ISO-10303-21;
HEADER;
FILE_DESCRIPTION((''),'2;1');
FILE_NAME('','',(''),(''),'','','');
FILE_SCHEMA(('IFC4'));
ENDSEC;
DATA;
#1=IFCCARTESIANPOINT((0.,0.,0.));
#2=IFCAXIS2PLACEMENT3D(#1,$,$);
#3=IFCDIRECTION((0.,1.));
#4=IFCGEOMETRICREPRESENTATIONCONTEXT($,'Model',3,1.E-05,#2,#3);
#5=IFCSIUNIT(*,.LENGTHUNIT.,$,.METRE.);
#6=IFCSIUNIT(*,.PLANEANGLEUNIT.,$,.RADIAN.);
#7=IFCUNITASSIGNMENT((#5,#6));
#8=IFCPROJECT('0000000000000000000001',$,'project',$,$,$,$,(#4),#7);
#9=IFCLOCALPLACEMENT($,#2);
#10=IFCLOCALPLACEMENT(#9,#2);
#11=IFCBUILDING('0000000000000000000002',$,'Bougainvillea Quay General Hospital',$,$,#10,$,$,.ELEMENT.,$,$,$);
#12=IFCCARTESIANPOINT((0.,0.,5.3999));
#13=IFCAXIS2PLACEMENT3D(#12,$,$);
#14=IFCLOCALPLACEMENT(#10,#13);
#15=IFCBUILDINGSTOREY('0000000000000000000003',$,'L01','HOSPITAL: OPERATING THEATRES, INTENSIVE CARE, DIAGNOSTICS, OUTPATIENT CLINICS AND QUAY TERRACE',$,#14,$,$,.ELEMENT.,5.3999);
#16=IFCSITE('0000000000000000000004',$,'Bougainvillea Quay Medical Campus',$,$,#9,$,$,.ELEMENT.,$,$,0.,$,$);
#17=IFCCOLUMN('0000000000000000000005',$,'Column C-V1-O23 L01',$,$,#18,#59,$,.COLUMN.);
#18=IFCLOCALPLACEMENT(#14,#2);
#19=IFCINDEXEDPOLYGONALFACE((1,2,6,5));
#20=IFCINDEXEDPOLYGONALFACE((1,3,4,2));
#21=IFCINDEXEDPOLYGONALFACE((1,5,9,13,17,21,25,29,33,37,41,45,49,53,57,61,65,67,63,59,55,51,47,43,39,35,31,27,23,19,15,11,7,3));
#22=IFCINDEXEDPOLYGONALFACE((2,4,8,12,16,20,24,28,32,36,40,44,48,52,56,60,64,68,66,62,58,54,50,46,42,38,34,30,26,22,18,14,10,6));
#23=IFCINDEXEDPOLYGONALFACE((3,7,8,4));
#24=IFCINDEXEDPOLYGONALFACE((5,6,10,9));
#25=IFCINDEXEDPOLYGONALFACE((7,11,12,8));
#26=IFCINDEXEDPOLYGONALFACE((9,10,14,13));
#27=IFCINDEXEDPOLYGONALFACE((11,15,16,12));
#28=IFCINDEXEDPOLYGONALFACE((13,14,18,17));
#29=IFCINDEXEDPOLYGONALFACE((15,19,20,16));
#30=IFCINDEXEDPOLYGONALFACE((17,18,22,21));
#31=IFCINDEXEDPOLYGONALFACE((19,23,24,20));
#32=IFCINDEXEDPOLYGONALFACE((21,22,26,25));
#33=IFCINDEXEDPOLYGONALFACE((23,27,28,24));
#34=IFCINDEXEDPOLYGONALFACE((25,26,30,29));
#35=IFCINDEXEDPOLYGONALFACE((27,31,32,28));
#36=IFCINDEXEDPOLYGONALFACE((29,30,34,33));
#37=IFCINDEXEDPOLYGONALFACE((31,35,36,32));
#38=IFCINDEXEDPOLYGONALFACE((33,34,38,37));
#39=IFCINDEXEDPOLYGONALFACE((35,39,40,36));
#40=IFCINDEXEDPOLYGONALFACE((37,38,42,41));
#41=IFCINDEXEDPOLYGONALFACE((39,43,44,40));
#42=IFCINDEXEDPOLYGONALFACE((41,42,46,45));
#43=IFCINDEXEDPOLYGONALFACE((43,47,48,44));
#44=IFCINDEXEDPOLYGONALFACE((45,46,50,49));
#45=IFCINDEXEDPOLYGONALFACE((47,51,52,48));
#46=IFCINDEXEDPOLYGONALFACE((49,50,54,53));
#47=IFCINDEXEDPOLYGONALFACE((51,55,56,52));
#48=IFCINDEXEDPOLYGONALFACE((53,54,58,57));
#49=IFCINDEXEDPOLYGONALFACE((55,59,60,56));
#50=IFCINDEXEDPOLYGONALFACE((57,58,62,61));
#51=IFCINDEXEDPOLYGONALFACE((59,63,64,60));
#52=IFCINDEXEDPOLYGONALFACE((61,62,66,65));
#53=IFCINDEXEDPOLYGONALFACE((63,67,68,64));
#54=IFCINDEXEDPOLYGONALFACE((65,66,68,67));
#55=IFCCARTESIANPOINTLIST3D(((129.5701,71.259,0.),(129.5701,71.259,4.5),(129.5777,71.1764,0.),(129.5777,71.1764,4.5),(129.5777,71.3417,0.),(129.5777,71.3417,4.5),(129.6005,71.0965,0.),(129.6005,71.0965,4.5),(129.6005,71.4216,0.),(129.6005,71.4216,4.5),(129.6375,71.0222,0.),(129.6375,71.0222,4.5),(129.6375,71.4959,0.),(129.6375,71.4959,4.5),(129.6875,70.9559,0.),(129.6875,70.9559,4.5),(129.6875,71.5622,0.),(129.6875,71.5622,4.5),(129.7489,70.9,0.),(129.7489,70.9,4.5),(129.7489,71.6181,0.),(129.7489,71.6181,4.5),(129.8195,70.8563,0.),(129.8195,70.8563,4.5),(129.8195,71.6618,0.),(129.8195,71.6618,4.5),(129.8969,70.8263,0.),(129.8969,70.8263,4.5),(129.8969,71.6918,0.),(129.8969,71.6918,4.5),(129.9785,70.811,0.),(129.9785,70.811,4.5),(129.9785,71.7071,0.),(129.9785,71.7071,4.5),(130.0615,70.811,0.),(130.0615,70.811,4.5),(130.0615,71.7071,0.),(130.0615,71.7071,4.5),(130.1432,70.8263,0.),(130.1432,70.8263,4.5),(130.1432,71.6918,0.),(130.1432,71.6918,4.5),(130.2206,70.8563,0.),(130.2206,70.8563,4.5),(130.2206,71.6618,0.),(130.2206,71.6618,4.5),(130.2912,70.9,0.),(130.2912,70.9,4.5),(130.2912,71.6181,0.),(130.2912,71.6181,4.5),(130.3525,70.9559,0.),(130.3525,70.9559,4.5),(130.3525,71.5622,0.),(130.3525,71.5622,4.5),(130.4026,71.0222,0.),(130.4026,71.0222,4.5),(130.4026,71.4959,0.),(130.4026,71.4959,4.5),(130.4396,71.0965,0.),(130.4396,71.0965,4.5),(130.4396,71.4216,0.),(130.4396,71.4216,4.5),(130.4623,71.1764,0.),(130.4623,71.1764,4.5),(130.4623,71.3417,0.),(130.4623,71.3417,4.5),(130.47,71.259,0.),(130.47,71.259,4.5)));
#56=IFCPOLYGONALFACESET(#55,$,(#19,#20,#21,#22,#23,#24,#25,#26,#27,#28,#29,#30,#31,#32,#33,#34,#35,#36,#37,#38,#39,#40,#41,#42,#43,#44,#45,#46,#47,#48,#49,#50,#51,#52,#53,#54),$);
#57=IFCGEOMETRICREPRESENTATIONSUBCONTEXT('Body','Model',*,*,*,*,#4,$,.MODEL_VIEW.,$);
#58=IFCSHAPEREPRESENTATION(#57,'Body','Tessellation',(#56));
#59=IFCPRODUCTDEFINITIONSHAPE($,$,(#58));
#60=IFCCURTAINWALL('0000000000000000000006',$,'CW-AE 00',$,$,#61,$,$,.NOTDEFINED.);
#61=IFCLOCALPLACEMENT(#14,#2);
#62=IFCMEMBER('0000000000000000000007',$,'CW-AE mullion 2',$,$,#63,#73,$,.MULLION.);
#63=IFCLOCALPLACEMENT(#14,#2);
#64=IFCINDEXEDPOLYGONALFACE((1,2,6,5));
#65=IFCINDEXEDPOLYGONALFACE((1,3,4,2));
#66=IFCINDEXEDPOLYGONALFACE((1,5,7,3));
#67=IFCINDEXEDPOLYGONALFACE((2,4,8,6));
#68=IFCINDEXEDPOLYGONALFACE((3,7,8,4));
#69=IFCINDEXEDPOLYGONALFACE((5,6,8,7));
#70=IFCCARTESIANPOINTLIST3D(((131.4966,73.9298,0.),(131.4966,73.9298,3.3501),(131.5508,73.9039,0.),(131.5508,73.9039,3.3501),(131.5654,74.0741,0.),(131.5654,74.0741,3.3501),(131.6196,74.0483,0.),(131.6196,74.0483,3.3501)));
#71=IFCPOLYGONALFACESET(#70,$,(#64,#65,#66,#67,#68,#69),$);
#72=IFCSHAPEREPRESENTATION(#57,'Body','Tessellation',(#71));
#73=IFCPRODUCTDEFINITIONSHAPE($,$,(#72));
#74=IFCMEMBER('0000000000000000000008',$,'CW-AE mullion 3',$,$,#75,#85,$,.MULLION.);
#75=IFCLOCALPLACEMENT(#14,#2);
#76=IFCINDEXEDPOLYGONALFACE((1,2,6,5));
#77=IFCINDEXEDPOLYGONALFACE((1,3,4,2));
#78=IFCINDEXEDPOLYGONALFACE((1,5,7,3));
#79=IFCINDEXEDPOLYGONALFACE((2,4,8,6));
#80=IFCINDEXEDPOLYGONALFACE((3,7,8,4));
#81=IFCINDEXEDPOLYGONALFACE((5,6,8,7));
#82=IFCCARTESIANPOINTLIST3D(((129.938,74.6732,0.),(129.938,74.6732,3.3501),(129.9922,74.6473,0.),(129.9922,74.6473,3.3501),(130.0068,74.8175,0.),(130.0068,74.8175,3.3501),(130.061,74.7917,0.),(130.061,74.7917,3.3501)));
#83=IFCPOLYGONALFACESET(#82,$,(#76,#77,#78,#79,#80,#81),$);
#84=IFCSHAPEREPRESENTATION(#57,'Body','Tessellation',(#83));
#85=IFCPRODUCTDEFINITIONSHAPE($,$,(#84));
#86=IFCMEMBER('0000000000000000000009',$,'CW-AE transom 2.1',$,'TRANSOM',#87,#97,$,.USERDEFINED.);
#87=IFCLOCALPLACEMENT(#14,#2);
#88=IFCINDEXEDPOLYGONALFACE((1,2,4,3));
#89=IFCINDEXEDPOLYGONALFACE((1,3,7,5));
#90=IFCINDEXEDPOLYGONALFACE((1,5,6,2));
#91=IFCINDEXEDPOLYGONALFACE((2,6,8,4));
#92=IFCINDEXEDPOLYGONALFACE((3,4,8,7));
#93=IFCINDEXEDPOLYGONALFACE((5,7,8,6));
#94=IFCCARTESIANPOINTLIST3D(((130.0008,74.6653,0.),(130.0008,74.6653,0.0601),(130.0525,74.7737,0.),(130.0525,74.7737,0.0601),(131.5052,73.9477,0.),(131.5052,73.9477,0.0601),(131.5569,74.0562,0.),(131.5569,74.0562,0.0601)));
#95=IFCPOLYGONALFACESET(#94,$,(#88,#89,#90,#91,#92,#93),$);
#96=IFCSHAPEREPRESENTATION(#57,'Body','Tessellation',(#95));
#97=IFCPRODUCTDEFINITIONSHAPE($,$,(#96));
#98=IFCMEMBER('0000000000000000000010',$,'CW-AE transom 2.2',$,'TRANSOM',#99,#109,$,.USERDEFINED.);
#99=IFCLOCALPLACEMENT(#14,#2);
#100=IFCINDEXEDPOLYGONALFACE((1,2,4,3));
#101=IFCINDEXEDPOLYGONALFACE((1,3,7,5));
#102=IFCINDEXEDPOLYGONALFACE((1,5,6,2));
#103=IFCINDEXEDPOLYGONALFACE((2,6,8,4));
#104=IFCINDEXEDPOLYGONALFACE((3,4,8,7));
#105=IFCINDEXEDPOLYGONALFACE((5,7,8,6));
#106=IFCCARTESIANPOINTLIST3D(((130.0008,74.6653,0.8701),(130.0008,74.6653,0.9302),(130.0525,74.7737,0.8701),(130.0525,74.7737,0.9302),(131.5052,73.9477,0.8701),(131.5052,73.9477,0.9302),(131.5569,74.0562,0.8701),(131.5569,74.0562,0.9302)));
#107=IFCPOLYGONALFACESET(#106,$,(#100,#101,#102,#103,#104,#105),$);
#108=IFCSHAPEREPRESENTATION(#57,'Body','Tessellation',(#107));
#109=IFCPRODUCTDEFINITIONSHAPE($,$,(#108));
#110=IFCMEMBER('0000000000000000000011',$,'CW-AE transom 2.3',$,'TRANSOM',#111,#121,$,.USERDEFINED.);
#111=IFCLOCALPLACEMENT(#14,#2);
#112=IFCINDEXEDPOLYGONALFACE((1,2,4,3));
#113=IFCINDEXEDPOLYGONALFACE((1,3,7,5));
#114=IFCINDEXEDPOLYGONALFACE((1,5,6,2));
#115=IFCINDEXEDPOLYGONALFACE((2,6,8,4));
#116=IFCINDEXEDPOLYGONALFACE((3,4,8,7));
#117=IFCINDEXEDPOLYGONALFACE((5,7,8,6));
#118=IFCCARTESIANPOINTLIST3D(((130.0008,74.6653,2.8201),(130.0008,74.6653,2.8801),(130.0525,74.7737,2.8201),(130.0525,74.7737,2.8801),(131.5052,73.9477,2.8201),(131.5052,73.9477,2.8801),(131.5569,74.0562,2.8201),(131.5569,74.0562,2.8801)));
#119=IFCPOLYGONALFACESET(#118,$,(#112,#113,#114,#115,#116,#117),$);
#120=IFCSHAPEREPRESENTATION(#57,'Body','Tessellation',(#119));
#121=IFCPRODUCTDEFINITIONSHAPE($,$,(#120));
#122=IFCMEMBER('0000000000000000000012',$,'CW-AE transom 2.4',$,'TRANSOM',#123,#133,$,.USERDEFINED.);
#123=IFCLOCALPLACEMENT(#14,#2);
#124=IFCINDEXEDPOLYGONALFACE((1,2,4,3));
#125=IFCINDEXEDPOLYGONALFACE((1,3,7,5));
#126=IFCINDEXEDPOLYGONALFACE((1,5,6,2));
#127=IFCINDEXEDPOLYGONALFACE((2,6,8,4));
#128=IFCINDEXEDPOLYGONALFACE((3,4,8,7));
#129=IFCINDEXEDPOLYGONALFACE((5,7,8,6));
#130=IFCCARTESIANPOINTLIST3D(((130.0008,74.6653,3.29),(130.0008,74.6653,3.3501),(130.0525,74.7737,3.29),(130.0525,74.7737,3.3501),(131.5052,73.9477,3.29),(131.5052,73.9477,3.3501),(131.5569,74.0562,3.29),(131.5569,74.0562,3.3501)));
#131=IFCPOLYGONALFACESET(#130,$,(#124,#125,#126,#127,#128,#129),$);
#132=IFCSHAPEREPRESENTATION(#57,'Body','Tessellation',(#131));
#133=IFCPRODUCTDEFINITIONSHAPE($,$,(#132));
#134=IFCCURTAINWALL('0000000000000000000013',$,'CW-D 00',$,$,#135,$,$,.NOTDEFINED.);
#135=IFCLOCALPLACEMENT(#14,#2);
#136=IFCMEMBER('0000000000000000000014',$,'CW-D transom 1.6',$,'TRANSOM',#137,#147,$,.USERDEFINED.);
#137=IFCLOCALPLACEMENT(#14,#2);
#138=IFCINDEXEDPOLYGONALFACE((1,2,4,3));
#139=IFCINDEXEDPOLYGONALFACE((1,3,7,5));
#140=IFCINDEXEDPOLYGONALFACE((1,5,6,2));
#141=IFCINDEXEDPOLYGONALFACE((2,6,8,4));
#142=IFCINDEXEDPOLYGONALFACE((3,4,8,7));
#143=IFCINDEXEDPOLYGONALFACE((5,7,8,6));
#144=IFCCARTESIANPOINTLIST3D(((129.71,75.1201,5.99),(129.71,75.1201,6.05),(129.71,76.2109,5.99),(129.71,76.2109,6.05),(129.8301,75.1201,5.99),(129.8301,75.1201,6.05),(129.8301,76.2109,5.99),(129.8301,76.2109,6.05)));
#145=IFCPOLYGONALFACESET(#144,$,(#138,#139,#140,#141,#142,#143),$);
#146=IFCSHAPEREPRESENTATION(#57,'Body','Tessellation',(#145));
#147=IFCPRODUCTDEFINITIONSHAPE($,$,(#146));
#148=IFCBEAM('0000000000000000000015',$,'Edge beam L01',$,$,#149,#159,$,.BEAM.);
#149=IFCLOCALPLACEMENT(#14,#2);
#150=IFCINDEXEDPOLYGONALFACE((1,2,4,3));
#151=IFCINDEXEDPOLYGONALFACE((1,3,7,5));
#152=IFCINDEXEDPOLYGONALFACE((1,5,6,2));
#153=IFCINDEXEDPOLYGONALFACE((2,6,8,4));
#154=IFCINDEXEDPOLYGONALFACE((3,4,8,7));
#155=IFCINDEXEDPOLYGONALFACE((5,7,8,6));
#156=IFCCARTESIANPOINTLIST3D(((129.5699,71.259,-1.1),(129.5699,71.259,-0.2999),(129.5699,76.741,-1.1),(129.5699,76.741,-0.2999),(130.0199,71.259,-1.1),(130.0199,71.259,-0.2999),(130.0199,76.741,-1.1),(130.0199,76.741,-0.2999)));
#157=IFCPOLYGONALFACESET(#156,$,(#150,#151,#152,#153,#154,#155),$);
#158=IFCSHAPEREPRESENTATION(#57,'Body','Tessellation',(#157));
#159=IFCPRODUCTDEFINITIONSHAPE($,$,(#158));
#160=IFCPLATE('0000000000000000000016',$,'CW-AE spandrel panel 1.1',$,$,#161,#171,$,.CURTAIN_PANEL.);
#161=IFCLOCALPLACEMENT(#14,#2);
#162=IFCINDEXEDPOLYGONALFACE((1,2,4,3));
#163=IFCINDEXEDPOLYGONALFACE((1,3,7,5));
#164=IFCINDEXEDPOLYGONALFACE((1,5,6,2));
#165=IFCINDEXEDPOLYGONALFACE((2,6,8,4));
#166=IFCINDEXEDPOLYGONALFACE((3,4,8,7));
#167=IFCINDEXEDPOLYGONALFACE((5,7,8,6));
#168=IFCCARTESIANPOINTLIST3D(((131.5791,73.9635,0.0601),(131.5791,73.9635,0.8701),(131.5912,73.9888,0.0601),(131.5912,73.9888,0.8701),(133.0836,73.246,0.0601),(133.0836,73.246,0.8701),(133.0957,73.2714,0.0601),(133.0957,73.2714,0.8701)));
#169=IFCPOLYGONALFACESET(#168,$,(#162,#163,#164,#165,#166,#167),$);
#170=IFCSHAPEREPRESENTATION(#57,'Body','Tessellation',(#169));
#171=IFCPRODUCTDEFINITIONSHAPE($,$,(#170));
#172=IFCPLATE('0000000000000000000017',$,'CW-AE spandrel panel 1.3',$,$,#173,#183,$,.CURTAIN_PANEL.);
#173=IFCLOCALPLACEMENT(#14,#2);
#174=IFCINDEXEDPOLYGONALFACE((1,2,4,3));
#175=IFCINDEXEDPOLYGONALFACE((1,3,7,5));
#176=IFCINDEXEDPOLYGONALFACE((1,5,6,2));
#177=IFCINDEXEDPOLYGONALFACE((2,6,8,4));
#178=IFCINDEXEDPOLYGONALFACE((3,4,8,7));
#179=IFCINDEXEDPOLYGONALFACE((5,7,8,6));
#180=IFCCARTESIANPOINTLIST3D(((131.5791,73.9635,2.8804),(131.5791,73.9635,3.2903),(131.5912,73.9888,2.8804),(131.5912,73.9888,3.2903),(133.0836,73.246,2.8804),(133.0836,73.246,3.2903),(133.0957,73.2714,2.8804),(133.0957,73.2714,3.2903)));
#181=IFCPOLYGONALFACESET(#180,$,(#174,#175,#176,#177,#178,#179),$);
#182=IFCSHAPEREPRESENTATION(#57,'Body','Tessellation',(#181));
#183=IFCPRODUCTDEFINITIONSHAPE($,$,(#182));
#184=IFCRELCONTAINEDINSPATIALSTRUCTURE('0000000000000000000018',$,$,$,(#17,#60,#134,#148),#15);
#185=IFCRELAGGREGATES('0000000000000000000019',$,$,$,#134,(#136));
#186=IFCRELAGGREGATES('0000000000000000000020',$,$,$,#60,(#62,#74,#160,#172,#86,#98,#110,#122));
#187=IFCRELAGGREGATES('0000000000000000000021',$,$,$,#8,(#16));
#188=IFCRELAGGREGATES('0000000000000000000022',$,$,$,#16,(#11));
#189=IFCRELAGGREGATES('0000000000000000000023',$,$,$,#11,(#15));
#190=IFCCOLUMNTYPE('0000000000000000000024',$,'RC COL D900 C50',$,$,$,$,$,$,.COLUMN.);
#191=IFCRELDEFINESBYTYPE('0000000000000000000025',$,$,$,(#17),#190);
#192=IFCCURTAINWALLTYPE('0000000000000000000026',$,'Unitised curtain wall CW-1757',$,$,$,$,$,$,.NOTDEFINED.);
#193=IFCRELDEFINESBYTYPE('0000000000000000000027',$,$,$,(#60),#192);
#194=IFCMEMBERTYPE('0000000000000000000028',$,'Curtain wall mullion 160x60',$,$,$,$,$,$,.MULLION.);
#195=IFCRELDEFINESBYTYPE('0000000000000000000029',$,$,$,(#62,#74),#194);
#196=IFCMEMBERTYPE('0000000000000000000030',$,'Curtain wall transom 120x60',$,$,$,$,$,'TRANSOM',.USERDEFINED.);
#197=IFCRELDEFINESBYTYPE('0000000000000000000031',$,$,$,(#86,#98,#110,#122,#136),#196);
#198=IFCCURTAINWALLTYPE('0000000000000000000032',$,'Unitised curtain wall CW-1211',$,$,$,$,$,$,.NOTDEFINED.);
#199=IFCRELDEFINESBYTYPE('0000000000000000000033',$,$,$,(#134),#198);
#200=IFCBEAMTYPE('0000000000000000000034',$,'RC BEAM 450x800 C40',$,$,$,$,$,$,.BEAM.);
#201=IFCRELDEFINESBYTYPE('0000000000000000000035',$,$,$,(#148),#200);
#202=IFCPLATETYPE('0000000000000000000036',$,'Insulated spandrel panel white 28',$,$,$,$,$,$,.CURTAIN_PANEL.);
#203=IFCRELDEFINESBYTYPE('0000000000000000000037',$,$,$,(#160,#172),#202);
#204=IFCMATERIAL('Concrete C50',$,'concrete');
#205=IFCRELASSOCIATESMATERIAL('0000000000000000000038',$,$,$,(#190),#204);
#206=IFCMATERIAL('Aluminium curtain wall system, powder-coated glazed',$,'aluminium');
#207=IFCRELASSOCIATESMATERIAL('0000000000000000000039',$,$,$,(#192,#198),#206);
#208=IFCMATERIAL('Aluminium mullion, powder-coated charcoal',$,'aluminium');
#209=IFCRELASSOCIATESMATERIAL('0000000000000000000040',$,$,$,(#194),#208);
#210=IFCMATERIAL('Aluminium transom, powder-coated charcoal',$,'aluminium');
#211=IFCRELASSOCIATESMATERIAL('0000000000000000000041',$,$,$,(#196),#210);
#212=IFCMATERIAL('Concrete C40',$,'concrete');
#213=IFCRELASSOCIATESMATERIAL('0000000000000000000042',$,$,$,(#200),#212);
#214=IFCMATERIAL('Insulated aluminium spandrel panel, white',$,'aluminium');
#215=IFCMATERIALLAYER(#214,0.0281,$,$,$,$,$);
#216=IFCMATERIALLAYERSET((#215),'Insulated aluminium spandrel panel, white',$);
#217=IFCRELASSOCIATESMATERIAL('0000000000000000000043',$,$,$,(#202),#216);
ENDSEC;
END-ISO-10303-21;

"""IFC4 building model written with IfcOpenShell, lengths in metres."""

from ifc_helpers import new_model, si_unit, direction, frame, origin, origin_2d, place, context, subcontext, project, spatial, rectangle, circle, extrude, material, layer, layer_set, material_profile, profile_set, type_object, element, aggregate, save


model = new_model("IFC4")

# Units and contexts
model_context = context("Model", 3, precision=1e-05, world=origin(), true_north=direction((0.0, 1.0)))
body_context = subcontext(model_context, "Body", "Model", "MODEL_VIEW")
ifc_project = project(units=[si_unit("LENGTHUNIT", "METRE"), si_unit("PLANEANGLEUNIT", "RADIAN")], contexts=[model_context])

# Site, building, storey
site_placement = place(None, origin())
site = spatial("IfcSite", under=ifc_project, at=site_placement, Name="Bougainvillea Quay Medical Campus", CompositionType="ELEMENT", RefElevation=0.0)
building_placement = place(site_placement, origin())
building = spatial("IfcBuilding", under=site, at=building_placement, Name="Bougainvillea Quay General Hospital", CompositionType="ELEMENT")
storey_placement = place(building_placement, frame((0.0, 0.0, 5.3999)))
storey = spatial("IfcBuildingStorey", under=building, at=storey_placement, Name="L01", Description="HOSPITAL: OPERATING THEATRES, INTENSIVE CARE, DIAGNOSTICS, OUTPATIENT CLINICS AND QUAY TERRACE", CompositionType="ELEMENT", Elevation=5.3999)

# Column
ifc_material_1 = material(Name="Concrete C50", Category="concrete")
ifc_material_profile_1 = material_profile(ifc_material_1, circle(Radius=0.45, at=origin_2d()))
ifc_profile_set_1 = profile_set([ifc_material_profile_1], Name="Concrete C50")
column_type = type_object("IfcColumnType", Name="RC COL D900 C50", PredefinedType="COLUMN", material=ifc_profile_set_1)
column_placement = place(storey_placement, frame((130.02, 71.259, 0.0), z_axis=(0.0, 0.0, 1.0), x_axis=(1.0, 0.0, 0.0)))
element("IfcColumn", 1, at=column_placement, inside=storey, type_object=column_type, Name="Column C-V1-O23 L01", PredefinedType="COLUMN", context=body_context, shape_type="SweptSolid", body=[
    extrude(circle(Radius=0.45, at=origin_2d()), origin(), (0.0, 0.0, 1.0), 4.5),
])

# Curtain wall, members
ifc_material_2 = material(Name="Aluminium curtain wall system, powder-coated glazed", Category="aluminium")
curtain_wall_type_1 = type_object("IfcCurtainWallType", Name="Unitised curtain wall CW-1757", PredefinedType="NOTDEFINED", material=ifc_material_2)
curtain_wall_1_placement = place(storey_placement, origin())
curtain_wall_1 = element("IfcCurtainWall", 2, at=curtain_wall_1_placement, inside=storey, type_object=curtain_wall_type_1, Name="CW-AE 00", PredefinedType="NOTDEFINED")
ifc_material_3 = material(Name="Aluminium mullion, powder-coated charcoal", Category="aluminium")
ifc_material_profile_2 = material_profile(ifc_material_3, rectangle(XDim=0.1599, YDim=0.0601, at=origin_2d()))
ifc_profile_set_2 = profile_set([ifc_material_profile_2], Name="Aluminium mullion, powder-coated charcoal")
member_type_1 = type_object("IfcMemberType", Name="Curtain wall mullion 160x60", PredefinedType="MULLION", material=ifc_profile_set_2)
member_1_placement = place(storey_placement, frame((131.5581, 73.989, 0.0), z_axis=(0.0, 0.0, 1.0), x_axis=(-0.430463, -0.902608, 0.0)))
member_1 = element("IfcMember", 3, at=member_1_placement, type_object=member_type_1, Name="CW-AE mullion 2", PredefinedType="MULLION", context=body_context, shape_type="SweptSolid", body=[
    extrude(rectangle(XDim=0.1599, YDim=0.0601, at=origin_2d()), origin(), (0.0, 0.0, 1.0), 3.3501),
])
member_2_placement = place(storey_placement, frame((129.9995, 74.7324, 0.0), z_axis=(0.0, 0.0, 1.0), x_axis=(-0.430463, -0.902608, 0.0)))
member_2 = element("IfcMember", 4, at=member_2_placement, type_object=member_type_1, Name="CW-AE mullion 3", PredefinedType="MULLION", context=body_context, shape_type="SweptSolid", body=[
    extrude(rectangle(XDim=0.1599, YDim=0.0601, at=origin_2d()), origin(), (0.0, 0.0, 1.0), 3.3501),
])
ifc_material_4 = material(Name="Aluminium transom, powder-coated charcoal", Category="aluminium")
ifc_material_profile_3 = material_profile(ifc_material_4, rectangle(XDim=0.1201, YDim=0.0601, at=origin_2d()))
ifc_profile_set_3 = profile_set([ifc_material_profile_3], Name="Aluminium transom, powder-coated charcoal")
member_type_2 = type_object("IfcMemberType", Name="Curtain wall transom 120x60", ElementType="TRANSOM", PredefinedType="USERDEFINED", material=ifc_profile_set_3)
member_3_placement = place(storey_placement, frame((131.531, 74.002, 0.03), z_axis=(-0.902592, 0.430496, 0.0), x_axis=(-0.430496, -0.902592, 0.0)))
member_3 = element("IfcMember", 5, at=member_3_placement, type_object=member_type_2, Name="CW-AE transom 2.1", ObjectType="TRANSOM", PredefinedType="USERDEFINED", context=body_context, shape_type="SweptSolid", body=[
    extrude(rectangle(XDim=0.1201, YDim=0.0601, at=origin_2d()), origin(), (0.0, 0.0, 1.0), 1.6667),
])
member_4_placement = place(storey_placement, frame((131.531, 74.002, 0.9001), z_axis=(-0.902592, 0.430496, 0.0), x_axis=(-0.430496, -0.902592, 0.0)))
member_4 = element("IfcMember", 6, at=member_4_placement, type_object=member_type_2, Name="CW-AE transom 2.2", ObjectType="TRANSOM", PredefinedType="USERDEFINED", context=body_context, shape_type="SweptSolid", body=[
    extrude(rectangle(XDim=0.1201, YDim=0.0601, at=origin_2d()), origin(), (0.0, 0.0, 1.0), 1.6667),
])
member_5_placement = place(storey_placement, frame((131.531, 74.002, 2.8501), z_axis=(-0.902592, 0.430496, 0.0), x_axis=(-0.430496, -0.902592, 0.0)))
member_5 = element("IfcMember", 7, at=member_5_placement, type_object=member_type_2, Name="CW-AE transom 2.3", ObjectType="TRANSOM", PredefinedType="USERDEFINED", context=body_context, shape_type="SweptSolid", body=[
    extrude(rectangle(XDim=0.1201, YDim=0.0601, at=origin_2d()), origin(), (0.0, 0.0, 1.0), 1.6667),
])
member_6_placement = place(storey_placement, frame((131.531, 74.002, 3.3201), z_axis=(-0.902592, 0.430496, 0.0), x_axis=(-0.430496, -0.902592, 0.0)))
member_6 = element("IfcMember", 8, at=member_6_placement, type_object=member_type_2, Name="CW-AE transom 2.4", ObjectType="TRANSOM", PredefinedType="USERDEFINED", context=body_context, shape_type="SweptSolid", body=[
    extrude(rectangle(XDim=0.1201, YDim=0.0601, at=origin_2d()), origin(), (0.0, 0.0, 1.0), 1.6667),
])

# Curtain wall, member
curtain_wall_type_2 = type_object("IfcCurtainWallType", Name="Unitised curtain wall CW-1211", PredefinedType="NOTDEFINED", material=ifc_material_2)
curtain_wall_2_placement = place(storey_placement, origin())
curtain_wall_2 = element("IfcCurtainWall", 9, at=curtain_wall_2_placement, inside=storey, type_object=curtain_wall_type_2, Name="CW-D 00", PredefinedType="NOTDEFINED")
member_7_placement = place(storey_placement, frame((129.77, 75.1201, 6.02), z_axis=(0.0, 1.0, 0.0), x_axis=(-1.0, 0.0, 0.0)))
member_7 = element("IfcMember", 10, at=member_7_placement, type_object=member_type_2, Name="CW-D transom 1.6", ObjectType="TRANSOM", PredefinedType="USERDEFINED", context=body_context, shape_type="SweptSolid", body=[
    extrude(rectangle(XDim=0.1201, YDim=0.0601, at=origin_2d()), origin(), (0.0, 0.0, 1.0), 1.0908),
])
aggregate(curtain_wall_2, [member_7])

# Beam
ifc_material_5 = material(Name="Concrete C40", Category="concrete")
ifc_material_profile_4 = material_profile(ifc_material_5, rectangle(XDim=0.45, YDim=0.8, at=origin_2d()))
ifc_profile_set_4 = profile_set([ifc_material_profile_4], Name="Concrete C40")
beam_type = type_object("IfcBeamType", Name="RC BEAM 450x800 C40", PredefinedType="BEAM", material=ifc_profile_set_4)
beam_placement = place(storey_placement, frame((129.7949, 71.259, -0.7), z_axis=(0.0, 1.0, 0.0), x_axis=(-1.0, 0.0, 0.0)))
element("IfcBeam", 11, at=beam_placement, inside=storey, type_object=beam_type, Name="Edge beam L01", PredefinedType="BEAM", context=body_context, shape_type="SweptSolid", body=[
    extrude(rectangle(XDim=0.45, YDim=0.8, at=origin_2d()), origin(), (0.0, 0.0, 1.0), 5.4819),
])

# Plates
ifc_material_6 = material(Name="Insulated aluminium spandrel panel, white", Category="aluminium")
ifc_layer_1 = layer(ifc_material_6, 0.0281)
ifc_layer_set_1 = layer_set([ifc_layer_1], Name="Insulated aluminium spandrel panel, white")
plate_type_1 = type_object("IfcPlateType", Name="Insulated spandrel panel white 28", PredefinedType="CURTAIN_PANEL", material=ifc_layer_set_1)
plate_1_placement = place(storey_placement, frame((132.3374, 73.6174, 0.0601), z_axis=(0.0, 0.0, 1.0), x_axis=(-0.902608, 0.430463, 0.0)))
plate_1 = element("IfcPlate", 12, at=plate_1_placement, type_object=plate_type_1, Name="CW-AE spandrel panel 1.1", PredefinedType="CURTAIN_PANEL", context=body_context, shape_type="SweptSolid", body=[
    extrude(rectangle(XDim=1.6667, YDim=0.0281, at=origin_2d()), origin(), (0.0, 0.0, 1.0), 0.8101),
])
plate_2_placement = place(storey_placement, frame((132.3374, 73.6174, 2.8804), z_axis=(0.0, 0.0, 1.0), x_axis=(-0.902608, 0.430463, 0.0)))
plate_2 = element("IfcPlate", 13, at=plate_2_placement, type_object=plate_type_1, Name="CW-AE spandrel panel 1.3", PredefinedType="CURTAIN_PANEL", context=body_context, shape_type="SweptSolid", body=[
    extrude(rectangle(XDim=1.6667, YDim=0.0281, at=origin_2d()), origin(), (0.0, 0.0, 1.0), 0.4099),
])
aggregate(curtain_wall_1, [member_1, member_2, plate_1, plate_2, member_3, member_4, member_5, member_6])

save(model, "model.ifc")
